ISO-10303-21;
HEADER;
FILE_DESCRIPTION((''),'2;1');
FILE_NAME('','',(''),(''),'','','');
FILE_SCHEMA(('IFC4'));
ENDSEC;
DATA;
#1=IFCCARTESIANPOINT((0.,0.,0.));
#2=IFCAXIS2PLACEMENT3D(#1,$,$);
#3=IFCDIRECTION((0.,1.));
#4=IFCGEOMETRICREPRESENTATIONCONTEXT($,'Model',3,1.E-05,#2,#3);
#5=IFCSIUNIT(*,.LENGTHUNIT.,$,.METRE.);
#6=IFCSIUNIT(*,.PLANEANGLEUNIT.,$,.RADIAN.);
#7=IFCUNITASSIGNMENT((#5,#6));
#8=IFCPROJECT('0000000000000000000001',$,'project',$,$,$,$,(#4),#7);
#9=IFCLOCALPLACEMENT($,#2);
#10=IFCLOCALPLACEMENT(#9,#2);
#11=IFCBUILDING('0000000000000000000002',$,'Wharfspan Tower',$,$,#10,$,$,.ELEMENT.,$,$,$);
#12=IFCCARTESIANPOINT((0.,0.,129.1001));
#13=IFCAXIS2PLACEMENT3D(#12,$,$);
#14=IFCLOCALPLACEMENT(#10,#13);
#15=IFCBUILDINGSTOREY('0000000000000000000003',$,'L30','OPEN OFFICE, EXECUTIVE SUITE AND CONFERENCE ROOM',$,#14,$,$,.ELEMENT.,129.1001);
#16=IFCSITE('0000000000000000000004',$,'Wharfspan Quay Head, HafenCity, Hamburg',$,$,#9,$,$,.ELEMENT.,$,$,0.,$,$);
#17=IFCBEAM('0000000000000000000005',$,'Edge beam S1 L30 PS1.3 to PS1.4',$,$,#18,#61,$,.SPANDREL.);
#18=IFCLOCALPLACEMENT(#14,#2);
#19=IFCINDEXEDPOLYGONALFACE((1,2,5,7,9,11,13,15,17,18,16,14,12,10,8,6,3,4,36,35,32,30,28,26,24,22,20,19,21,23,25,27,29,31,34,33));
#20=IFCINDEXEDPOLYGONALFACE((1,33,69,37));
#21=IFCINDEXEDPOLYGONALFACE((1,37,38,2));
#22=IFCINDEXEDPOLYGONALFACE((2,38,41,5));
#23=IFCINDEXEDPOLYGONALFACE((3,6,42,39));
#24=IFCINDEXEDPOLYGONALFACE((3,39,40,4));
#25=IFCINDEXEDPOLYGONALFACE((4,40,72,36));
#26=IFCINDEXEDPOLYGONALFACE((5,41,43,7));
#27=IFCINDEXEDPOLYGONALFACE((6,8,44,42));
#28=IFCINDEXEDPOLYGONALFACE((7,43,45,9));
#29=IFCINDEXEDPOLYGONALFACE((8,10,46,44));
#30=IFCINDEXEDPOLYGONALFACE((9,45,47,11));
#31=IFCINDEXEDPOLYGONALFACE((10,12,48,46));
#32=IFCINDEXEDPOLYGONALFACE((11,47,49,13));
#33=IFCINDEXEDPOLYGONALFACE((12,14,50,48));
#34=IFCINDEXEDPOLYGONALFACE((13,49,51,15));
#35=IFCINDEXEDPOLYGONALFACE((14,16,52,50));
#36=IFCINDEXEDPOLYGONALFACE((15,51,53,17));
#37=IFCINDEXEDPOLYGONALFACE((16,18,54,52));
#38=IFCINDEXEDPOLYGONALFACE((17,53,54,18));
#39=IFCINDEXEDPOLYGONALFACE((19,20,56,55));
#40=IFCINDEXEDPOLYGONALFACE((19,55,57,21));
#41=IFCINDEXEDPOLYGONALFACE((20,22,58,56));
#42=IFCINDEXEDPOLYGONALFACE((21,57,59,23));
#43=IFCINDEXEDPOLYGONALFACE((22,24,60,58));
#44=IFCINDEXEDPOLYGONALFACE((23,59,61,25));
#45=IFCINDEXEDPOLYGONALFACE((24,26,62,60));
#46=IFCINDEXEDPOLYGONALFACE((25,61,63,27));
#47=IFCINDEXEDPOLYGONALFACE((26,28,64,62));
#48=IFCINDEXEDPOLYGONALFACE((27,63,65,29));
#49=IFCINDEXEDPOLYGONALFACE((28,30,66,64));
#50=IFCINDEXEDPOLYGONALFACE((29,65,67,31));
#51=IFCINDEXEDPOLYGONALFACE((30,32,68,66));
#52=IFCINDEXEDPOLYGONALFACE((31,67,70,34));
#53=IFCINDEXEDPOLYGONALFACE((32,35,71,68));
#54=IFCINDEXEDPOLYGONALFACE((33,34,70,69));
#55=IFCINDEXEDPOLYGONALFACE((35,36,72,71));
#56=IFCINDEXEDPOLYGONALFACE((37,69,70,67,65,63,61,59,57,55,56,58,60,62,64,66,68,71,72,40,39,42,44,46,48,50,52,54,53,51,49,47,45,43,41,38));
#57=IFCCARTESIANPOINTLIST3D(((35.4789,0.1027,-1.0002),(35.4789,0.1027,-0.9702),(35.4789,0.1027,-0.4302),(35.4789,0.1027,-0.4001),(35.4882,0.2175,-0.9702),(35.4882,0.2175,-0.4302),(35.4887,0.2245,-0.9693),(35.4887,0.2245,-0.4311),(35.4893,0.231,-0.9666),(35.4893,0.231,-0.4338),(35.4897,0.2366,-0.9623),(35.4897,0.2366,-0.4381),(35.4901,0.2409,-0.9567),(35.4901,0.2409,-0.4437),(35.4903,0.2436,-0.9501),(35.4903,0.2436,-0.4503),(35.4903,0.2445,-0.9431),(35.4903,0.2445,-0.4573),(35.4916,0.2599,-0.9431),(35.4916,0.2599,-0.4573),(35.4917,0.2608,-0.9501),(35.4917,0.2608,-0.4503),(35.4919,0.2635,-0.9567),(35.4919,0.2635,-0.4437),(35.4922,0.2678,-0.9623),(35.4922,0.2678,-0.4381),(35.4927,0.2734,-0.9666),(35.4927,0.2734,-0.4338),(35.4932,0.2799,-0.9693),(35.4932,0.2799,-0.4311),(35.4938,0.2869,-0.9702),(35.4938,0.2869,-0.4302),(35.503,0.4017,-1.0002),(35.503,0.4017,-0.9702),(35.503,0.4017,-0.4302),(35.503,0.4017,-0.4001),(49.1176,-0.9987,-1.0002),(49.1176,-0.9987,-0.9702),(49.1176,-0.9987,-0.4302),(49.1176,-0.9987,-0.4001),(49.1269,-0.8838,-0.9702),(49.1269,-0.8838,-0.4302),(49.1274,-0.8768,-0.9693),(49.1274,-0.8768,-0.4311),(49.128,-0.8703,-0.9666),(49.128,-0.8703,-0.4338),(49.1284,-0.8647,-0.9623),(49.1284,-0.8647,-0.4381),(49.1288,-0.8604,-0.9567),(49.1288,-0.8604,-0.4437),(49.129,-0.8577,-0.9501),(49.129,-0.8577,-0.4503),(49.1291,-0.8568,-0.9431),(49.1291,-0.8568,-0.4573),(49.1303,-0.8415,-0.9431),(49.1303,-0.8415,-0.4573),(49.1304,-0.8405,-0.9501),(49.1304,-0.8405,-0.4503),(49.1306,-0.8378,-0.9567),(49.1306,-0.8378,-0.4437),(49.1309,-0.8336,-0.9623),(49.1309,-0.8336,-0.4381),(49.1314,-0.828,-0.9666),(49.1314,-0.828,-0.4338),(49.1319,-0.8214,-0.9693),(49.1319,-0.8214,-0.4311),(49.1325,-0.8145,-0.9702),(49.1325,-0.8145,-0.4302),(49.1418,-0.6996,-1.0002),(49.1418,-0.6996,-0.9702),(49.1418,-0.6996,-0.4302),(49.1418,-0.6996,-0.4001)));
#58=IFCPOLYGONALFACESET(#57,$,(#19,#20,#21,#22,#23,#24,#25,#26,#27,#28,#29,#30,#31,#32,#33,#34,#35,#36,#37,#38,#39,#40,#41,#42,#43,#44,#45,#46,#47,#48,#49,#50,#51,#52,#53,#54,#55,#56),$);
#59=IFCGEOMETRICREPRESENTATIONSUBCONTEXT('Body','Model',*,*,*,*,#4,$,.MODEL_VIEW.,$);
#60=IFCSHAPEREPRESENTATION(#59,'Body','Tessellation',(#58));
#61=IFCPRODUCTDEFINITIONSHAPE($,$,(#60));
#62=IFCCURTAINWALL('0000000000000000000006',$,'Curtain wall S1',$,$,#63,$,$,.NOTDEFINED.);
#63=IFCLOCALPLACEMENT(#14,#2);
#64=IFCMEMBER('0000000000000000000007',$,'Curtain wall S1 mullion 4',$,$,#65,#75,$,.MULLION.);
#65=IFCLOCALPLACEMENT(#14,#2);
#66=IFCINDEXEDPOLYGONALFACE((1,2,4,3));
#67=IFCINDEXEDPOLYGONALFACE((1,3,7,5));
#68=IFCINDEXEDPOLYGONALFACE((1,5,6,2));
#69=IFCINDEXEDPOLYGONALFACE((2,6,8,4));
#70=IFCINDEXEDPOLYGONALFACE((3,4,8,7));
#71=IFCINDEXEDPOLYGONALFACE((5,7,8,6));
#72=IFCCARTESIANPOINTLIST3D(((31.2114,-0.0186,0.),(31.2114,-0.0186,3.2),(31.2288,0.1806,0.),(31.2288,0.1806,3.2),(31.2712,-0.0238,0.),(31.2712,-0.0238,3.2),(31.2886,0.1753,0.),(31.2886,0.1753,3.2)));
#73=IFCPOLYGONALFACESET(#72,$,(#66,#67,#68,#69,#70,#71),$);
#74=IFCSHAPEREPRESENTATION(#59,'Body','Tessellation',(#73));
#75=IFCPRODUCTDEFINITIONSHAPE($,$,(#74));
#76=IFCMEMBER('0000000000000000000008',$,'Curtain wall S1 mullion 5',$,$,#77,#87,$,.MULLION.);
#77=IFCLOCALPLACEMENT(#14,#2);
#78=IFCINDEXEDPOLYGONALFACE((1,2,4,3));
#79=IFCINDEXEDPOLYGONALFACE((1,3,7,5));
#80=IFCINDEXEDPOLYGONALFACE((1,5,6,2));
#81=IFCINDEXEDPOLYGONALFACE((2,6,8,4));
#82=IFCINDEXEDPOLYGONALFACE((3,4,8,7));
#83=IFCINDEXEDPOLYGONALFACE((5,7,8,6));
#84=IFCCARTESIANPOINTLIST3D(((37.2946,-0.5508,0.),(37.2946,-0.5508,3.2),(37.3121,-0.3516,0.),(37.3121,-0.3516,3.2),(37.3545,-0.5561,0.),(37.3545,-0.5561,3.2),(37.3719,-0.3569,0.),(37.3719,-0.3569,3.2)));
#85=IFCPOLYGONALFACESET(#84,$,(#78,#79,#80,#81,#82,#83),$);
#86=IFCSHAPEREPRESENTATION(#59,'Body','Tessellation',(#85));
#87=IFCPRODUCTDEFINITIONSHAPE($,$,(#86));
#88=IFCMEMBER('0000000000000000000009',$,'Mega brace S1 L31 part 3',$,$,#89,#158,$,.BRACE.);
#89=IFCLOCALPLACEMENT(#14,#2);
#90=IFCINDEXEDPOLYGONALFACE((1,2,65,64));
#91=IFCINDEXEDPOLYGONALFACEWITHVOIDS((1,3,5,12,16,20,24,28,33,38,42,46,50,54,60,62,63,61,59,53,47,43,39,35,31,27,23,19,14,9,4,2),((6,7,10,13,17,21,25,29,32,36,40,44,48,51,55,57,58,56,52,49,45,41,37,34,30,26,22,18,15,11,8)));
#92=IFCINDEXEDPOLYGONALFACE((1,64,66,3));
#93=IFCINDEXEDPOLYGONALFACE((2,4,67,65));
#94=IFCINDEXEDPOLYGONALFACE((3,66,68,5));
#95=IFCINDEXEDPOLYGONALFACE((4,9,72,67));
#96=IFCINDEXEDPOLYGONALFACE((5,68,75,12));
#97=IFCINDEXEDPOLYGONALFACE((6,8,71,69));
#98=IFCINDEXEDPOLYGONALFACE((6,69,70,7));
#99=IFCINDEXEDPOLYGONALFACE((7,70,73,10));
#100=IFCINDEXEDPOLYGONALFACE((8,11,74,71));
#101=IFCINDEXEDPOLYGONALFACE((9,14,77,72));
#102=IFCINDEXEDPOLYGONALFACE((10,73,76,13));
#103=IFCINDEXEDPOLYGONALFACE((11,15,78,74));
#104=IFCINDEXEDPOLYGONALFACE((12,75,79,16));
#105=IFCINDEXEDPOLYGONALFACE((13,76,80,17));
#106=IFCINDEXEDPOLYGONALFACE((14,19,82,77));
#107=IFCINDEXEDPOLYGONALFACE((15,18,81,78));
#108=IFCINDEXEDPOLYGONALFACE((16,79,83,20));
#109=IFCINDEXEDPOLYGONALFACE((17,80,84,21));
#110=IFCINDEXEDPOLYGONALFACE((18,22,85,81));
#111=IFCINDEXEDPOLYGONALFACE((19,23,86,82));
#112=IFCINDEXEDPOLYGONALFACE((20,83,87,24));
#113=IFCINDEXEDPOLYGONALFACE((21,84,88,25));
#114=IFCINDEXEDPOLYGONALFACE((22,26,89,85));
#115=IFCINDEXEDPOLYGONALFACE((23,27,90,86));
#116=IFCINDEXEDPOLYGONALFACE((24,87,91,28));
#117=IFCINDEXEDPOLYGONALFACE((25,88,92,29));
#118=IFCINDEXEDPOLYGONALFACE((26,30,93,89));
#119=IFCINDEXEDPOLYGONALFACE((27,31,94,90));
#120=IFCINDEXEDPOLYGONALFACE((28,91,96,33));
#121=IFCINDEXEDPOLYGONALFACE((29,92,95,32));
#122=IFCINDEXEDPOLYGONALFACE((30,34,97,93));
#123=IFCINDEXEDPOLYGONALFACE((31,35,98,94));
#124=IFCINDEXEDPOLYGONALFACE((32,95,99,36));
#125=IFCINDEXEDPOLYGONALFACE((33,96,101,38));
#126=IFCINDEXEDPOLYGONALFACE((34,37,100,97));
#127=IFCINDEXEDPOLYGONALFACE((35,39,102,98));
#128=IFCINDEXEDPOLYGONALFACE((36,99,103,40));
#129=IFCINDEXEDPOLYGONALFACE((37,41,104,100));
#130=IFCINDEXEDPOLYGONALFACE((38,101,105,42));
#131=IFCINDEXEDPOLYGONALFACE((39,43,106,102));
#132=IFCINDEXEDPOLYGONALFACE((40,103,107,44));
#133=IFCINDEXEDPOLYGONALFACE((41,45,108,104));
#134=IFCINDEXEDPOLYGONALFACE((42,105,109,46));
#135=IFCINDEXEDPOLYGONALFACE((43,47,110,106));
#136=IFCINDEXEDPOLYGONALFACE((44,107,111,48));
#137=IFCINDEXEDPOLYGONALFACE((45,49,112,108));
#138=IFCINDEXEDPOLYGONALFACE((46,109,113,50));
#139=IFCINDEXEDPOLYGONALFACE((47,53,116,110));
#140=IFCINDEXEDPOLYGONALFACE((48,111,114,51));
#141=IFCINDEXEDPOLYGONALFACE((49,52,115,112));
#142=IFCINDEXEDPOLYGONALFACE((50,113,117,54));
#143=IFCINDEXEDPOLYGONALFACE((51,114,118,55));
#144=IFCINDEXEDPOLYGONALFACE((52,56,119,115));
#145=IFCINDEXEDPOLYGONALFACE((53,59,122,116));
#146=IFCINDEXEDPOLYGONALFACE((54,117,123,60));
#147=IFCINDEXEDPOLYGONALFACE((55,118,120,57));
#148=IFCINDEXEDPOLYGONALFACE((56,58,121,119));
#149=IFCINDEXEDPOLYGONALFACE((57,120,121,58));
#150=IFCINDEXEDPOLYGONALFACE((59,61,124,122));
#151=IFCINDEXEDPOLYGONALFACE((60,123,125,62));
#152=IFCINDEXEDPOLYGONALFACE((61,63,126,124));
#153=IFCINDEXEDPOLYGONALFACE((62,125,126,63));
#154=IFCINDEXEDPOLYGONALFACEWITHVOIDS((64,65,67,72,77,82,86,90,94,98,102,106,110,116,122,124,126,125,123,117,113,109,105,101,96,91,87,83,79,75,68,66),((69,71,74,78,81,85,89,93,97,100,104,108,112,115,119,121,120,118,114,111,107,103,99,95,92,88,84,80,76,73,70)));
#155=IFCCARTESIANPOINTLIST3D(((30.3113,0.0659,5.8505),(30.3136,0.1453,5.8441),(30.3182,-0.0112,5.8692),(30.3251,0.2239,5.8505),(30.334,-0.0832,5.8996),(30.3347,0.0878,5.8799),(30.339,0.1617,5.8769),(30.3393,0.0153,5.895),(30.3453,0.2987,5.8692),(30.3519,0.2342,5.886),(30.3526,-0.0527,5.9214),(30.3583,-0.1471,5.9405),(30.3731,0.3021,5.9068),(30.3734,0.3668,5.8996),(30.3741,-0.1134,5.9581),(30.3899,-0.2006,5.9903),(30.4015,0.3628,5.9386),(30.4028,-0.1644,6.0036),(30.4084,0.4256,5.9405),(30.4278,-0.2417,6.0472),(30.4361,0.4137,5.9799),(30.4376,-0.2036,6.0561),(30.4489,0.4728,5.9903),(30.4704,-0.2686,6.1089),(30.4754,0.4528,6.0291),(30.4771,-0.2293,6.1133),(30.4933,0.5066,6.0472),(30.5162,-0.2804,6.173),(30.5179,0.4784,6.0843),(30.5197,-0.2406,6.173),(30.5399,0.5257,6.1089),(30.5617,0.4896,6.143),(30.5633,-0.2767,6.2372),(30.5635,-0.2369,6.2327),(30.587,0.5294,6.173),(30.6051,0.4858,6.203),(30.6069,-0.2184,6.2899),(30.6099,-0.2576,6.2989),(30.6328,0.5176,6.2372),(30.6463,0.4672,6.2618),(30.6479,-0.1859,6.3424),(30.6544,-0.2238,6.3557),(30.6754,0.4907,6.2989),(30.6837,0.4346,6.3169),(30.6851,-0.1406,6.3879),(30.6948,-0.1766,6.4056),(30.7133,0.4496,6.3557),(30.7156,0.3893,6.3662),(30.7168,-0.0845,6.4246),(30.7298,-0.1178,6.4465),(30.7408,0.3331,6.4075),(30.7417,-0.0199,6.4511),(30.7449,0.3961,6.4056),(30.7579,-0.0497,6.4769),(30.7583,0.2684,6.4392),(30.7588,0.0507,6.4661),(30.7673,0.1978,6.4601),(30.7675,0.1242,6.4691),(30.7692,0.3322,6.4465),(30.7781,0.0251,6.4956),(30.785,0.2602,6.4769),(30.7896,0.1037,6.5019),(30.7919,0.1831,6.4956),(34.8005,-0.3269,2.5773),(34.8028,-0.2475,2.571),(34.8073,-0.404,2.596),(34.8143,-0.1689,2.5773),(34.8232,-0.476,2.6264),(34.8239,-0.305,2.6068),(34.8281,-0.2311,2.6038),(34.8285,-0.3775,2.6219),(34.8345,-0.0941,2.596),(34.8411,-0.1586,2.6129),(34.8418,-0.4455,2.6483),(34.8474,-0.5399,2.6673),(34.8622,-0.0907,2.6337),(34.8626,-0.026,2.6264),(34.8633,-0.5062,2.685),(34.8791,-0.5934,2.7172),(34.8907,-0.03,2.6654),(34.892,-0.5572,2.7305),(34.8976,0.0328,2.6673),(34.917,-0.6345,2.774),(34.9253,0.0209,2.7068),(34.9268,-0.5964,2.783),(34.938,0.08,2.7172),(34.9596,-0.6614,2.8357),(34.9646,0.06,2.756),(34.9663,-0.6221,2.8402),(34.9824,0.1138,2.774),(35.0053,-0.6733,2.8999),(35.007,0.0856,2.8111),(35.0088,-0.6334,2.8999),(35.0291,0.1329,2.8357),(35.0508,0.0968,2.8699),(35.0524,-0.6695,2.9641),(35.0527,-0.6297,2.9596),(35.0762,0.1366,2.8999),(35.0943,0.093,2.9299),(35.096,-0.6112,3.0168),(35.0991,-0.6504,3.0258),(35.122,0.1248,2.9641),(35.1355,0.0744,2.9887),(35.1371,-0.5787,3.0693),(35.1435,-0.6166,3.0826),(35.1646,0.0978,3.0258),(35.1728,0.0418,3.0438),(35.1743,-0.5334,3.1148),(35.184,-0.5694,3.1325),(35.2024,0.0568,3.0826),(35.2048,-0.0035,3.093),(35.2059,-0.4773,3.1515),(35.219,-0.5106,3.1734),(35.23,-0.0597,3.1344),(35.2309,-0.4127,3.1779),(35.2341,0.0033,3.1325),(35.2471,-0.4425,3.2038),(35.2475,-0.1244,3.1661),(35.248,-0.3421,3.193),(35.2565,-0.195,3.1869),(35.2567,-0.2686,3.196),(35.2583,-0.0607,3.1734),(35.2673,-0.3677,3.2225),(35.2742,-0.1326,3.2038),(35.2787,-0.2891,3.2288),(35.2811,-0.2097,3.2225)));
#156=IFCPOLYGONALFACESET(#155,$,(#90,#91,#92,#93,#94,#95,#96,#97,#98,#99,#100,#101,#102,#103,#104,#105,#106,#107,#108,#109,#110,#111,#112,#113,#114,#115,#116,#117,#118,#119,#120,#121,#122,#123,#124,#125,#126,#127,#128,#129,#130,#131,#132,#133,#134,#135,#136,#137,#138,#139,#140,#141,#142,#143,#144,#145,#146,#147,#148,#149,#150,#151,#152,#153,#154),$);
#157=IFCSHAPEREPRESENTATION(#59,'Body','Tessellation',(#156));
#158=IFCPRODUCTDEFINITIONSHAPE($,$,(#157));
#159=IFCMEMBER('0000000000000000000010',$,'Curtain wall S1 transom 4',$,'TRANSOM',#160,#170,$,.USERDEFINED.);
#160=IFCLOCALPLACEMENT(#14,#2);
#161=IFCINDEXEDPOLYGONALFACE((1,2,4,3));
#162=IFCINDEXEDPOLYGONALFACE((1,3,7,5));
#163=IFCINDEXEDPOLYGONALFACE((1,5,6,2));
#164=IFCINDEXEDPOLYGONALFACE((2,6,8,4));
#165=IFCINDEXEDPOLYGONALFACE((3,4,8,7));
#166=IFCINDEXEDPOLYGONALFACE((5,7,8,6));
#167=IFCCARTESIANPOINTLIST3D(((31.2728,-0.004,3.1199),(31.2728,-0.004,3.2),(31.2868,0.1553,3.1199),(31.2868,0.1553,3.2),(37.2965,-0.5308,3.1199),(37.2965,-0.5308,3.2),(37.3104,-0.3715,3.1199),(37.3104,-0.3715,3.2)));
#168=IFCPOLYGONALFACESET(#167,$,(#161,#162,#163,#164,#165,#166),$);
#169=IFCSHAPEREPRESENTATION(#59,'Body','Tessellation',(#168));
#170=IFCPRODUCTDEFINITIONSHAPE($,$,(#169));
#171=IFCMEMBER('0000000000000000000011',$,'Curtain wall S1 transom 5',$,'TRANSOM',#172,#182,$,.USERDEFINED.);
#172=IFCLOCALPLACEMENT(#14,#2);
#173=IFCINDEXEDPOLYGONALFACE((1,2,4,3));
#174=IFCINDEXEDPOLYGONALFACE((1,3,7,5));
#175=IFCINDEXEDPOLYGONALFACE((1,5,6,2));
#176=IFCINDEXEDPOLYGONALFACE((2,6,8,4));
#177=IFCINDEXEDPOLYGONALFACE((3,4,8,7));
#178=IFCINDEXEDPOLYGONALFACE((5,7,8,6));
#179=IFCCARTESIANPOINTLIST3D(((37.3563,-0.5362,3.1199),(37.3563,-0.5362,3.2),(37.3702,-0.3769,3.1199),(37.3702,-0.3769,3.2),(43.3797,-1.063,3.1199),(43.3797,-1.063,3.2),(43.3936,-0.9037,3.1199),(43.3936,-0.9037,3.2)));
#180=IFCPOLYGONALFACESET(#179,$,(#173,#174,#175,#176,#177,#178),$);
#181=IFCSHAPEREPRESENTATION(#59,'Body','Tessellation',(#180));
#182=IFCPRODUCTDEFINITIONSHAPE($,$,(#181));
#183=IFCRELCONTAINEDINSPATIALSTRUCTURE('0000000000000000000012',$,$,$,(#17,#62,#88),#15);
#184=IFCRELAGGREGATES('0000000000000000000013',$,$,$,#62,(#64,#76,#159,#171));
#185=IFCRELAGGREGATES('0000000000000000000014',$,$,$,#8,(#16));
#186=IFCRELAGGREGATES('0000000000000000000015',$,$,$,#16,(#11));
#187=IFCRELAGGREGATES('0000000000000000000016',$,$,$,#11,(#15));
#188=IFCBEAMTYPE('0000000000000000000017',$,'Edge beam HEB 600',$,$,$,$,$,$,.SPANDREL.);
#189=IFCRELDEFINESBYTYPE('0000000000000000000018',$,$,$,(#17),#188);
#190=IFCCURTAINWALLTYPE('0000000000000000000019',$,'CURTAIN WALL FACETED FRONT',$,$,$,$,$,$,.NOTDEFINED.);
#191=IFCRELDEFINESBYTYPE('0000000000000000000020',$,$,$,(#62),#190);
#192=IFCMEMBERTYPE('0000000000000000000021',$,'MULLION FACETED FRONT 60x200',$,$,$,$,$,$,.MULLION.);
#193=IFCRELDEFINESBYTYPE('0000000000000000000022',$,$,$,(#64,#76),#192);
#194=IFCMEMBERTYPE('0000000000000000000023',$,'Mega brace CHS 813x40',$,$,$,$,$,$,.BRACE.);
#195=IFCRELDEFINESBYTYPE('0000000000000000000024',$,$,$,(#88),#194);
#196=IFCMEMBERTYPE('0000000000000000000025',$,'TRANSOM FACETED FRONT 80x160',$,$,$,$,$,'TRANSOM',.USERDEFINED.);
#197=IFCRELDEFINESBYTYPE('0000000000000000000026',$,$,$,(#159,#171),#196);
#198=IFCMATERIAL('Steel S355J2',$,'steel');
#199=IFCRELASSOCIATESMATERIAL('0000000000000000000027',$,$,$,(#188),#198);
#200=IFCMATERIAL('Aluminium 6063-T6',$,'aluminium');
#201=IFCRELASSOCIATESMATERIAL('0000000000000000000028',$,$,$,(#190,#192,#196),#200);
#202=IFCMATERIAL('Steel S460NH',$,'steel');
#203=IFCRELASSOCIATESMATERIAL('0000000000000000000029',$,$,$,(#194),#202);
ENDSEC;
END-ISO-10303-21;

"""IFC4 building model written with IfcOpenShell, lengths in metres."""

from ifc_helpers import new_model, si_unit, direction, frame, origin, origin_2d, place, context, subcontext, project, spatial, rectangle, hollow_circle, i_section, extrude, material, material_profile, profile_set, type_object, element, aggregate, save


model = new_model("IFC4")

# Units and contexts
model_context = context("Model", 3, precision=1e-05, world=origin(), true_north=direction((0.0, 1.0)))
body_context = subcontext(model_context, "Body", "Model", "MODEL_VIEW")
ifc_project = project(units=[si_unit("LENGTHUNIT", "METRE"), si_unit("PLANEANGLEUNIT", "RADIAN")], contexts=[model_context])

# Site, building, storey
site_placement = place(None, origin())
site = spatial("IfcSite", under=ifc_project, at=site_placement, Name="Wharfspan Quay Head, HafenCity, Hamburg", CompositionType="ELEMENT", RefElevation=0.0)
building_placement = place(site_placement, origin())
building = spatial("IfcBuilding", under=site, at=building_placement, Name="Wharfspan Tower", CompositionType="ELEMENT")
storey_placement = place(building_placement, frame((0.0, 0.0, 129.1001)))
storey = spatial("IfcBuildingStorey", under=building, at=storey_placement, Name="L30", Description="OPEN OFFICE, EXECUTIVE SUITE AND CONFERENCE ROOM", CompositionType="ELEMENT", Elevation=129.1001)

# Shared definitions
ifc_material_1 = material(Name="Steel S355J2", Category="steel")

# Beam
ifc_material_profile_1 = material_profile(ifc_material_1, i_section(OverallWidth=0.3, OverallDepth=0.6001, WebThickness=0.0154, FlangeThickness=0.03, FilletRadius=0.0271, at=origin_2d()))
ifc_profile_set_1 = profile_set([ifc_material_profile_1], Name="Steel S355J2")
beam_type = type_object("IfcBeamType", Name="Edge beam HEB 600", PredefinedType="SPANDREL", material=ifc_profile_set_1)
beam_1_placement = place(storey_placement, frame((35.491, 0.2522, -0.7002), z_axis=(0.996756, -0.080488, 0.0), x_axis=(0.080488, 0.996756, 0.0)))
element("IfcBeam", 1, at=beam_1_placement, inside=storey, type_object=beam_type, Name="Edge beam S1 L30 PS1.3 to PS1.4", PredefinedType="SPANDREL", context=body_context, shape_type="SweptSolid", body=[
    extrude(i_section(OverallWidth=0.3, OverallDepth=0.6001, WebThickness=0.0154, FlangeThickness=0.03, FilletRadius=0.0271, at=origin_2d()), origin(), (0.0, 0.0, 1.0), 13.6831),
])

# Curtain wall, members
ifc_material_2 = material(Name="Aluminium 6063-T6", Category="aluminium")
curtain_wall_type = type_object("IfcCurtainWallType", Name="CURTAIN WALL FACETED FRONT", PredefinedType="NOTDEFINED", material=ifc_material_2)
curtain_wall_placement = place(storey_placement, origin())
curtain_wall = element("IfcCurtainWall", 2, at=curtain_wall_placement, inside=storey, type_object=curtain_wall_type, Name="Curtain wall S1", PredefinedType="NOTDEFINED")
ifc_material_profile_2 = material_profile(ifc_material_2, rectangle(XDim=0.2, YDim=0.0601, at=origin_2d()))
ifc_profile_set_2 = profile_set([ifc_material_profile_2], Name="Aluminium 6063-T6")
member_type_1 = type_object("IfcMemberType", Name="MULLION FACETED FRONT 60x200", PredefinedType="MULLION", material=ifc_profile_set_2)
member_1_placement = place(storey_placement, frame((31.25, 0.0784, 0.0), z_axis=(0.0, 0.0, 1.0), x_axis=(0.087156, 0.996198, 0.0)))
member_1 = element("IfcMember", 3, at=member_1_placement, type_object=member_type_1, Name="Curtain wall S1 mullion 4", PredefinedType="MULLION", context=body_context, shape_type="SweptSolid", body=[
    extrude(rectangle(XDim=0.2, YDim=0.0601, at=origin_2d()), origin(), (0.0, 0.0, 1.0), 3.2),
])
member_2_placement = place(storey_placement, frame((37.3333, -0.4539, 0.0), z_axis=(0.0, 0.0, 1.0), x_axis=(0.087156, 0.996198, 0.0)))
member_2 = element("IfcMember", 4, at=member_2_placement, type_object=member_type_1, Name="Curtain wall S1 mullion 5", PredefinedType="MULLION", context=body_context, shape_type="SweptSolid", body=[
    extrude(rectangle(XDim=0.2, YDim=0.0601, at=origin_2d()), origin(), (0.0, 0.0, 1.0), 3.2),
])

# Members
ifc_material_3 = material(Name="Steel S460NH", Category="steel")
ifc_material_profile_3 = material_profile(ifc_material_3, hollow_circle(Radius=0.4065, WallThickness=0.04, at=origin_2d()))
ifc_profile_set_3 = profile_set([ifc_material_profile_3], Name="Steel S460NH")
member_type_2 = type_object("IfcMemberType", Name="Mega brace CHS 813x40", PredefinedType="BRACE", material=ifc_profile_set_3)
member_3_placement = place(storey_placement, frame((35.0408, -0.2683, 2.8999), z_axis=(-0.806015, 0.070528, 0.587679), x_axis=(-0.087171, -0.996191, -0.000003)))
element("IfcMember", 5, at=member_3_placement, inside=storey, type_object=member_type_2, Name="Mega brace S1 L31 part 3", PredefinedType="BRACE", context=body_context, shape_type="SweptSolid", body=[
    extrude(hollow_circle(Radius=0.4065, WallThickness=0.04, at=origin_2d()), origin(), (0.0, 0.0, 1.0), 5.5696),
])
ifc_material_profile_4 = material_profile(ifc_material_2, rectangle(XDim=0.1599, YDim=0.0801, at=origin_2d()))
ifc_profile_set_4 = profile_set([ifc_material_profile_4], Name="Aluminium 6063-T6")
member_type_3 = type_object("IfcMemberType", Name="TRANSOM FACETED FRONT 80x160", ElementType="TRANSOM", PredefinedType="USERDEFINED", material=ifc_profile_set_4)
member_4_placement = place(storey_placement, frame((31.2798, 0.0757, 3.1599), z_axis=(0.996197, -0.087131, 0.0), x_axis=(0.087131, 0.996197, 0.0)))
member_4 = element("IfcMember", 6, at=member_4_placement, type_object=member_type_3, Name="Curtain wall S1 transom 4", ObjectType="TRANSOM", PredefinedType="USERDEFINED", context=body_context, shape_type="SweptSolid", body=[
    extrude(rectangle(XDim=0.1599, YDim=0.0801, at=origin_2d()), origin(), (0.0, 0.0, 1.0), 6.0466),
])
member_5_placement = place(storey_placement, frame((37.3633, -0.4565, 3.1599), z_axis=(0.996197, -0.087135, 0.0), x_axis=(0.087135, 0.996197, 0.0)))
member_5 = element("IfcMember", 7, at=member_5_placement, type_object=member_type_3, Name="Curtain wall S1 transom 5", ObjectType="TRANSOM", PredefinedType="USERDEFINED", context=body_context, shape_type="SweptSolid", body=[
    extrude(rectangle(XDim=0.1599, YDim=0.0801, at=origin_2d()), origin(), (0.0, 0.0, 1.0), 6.0464),
])

aggregate(curtain_wall, [member_1, member_2, member_4, member_5])

save(model, "model.ifc")
